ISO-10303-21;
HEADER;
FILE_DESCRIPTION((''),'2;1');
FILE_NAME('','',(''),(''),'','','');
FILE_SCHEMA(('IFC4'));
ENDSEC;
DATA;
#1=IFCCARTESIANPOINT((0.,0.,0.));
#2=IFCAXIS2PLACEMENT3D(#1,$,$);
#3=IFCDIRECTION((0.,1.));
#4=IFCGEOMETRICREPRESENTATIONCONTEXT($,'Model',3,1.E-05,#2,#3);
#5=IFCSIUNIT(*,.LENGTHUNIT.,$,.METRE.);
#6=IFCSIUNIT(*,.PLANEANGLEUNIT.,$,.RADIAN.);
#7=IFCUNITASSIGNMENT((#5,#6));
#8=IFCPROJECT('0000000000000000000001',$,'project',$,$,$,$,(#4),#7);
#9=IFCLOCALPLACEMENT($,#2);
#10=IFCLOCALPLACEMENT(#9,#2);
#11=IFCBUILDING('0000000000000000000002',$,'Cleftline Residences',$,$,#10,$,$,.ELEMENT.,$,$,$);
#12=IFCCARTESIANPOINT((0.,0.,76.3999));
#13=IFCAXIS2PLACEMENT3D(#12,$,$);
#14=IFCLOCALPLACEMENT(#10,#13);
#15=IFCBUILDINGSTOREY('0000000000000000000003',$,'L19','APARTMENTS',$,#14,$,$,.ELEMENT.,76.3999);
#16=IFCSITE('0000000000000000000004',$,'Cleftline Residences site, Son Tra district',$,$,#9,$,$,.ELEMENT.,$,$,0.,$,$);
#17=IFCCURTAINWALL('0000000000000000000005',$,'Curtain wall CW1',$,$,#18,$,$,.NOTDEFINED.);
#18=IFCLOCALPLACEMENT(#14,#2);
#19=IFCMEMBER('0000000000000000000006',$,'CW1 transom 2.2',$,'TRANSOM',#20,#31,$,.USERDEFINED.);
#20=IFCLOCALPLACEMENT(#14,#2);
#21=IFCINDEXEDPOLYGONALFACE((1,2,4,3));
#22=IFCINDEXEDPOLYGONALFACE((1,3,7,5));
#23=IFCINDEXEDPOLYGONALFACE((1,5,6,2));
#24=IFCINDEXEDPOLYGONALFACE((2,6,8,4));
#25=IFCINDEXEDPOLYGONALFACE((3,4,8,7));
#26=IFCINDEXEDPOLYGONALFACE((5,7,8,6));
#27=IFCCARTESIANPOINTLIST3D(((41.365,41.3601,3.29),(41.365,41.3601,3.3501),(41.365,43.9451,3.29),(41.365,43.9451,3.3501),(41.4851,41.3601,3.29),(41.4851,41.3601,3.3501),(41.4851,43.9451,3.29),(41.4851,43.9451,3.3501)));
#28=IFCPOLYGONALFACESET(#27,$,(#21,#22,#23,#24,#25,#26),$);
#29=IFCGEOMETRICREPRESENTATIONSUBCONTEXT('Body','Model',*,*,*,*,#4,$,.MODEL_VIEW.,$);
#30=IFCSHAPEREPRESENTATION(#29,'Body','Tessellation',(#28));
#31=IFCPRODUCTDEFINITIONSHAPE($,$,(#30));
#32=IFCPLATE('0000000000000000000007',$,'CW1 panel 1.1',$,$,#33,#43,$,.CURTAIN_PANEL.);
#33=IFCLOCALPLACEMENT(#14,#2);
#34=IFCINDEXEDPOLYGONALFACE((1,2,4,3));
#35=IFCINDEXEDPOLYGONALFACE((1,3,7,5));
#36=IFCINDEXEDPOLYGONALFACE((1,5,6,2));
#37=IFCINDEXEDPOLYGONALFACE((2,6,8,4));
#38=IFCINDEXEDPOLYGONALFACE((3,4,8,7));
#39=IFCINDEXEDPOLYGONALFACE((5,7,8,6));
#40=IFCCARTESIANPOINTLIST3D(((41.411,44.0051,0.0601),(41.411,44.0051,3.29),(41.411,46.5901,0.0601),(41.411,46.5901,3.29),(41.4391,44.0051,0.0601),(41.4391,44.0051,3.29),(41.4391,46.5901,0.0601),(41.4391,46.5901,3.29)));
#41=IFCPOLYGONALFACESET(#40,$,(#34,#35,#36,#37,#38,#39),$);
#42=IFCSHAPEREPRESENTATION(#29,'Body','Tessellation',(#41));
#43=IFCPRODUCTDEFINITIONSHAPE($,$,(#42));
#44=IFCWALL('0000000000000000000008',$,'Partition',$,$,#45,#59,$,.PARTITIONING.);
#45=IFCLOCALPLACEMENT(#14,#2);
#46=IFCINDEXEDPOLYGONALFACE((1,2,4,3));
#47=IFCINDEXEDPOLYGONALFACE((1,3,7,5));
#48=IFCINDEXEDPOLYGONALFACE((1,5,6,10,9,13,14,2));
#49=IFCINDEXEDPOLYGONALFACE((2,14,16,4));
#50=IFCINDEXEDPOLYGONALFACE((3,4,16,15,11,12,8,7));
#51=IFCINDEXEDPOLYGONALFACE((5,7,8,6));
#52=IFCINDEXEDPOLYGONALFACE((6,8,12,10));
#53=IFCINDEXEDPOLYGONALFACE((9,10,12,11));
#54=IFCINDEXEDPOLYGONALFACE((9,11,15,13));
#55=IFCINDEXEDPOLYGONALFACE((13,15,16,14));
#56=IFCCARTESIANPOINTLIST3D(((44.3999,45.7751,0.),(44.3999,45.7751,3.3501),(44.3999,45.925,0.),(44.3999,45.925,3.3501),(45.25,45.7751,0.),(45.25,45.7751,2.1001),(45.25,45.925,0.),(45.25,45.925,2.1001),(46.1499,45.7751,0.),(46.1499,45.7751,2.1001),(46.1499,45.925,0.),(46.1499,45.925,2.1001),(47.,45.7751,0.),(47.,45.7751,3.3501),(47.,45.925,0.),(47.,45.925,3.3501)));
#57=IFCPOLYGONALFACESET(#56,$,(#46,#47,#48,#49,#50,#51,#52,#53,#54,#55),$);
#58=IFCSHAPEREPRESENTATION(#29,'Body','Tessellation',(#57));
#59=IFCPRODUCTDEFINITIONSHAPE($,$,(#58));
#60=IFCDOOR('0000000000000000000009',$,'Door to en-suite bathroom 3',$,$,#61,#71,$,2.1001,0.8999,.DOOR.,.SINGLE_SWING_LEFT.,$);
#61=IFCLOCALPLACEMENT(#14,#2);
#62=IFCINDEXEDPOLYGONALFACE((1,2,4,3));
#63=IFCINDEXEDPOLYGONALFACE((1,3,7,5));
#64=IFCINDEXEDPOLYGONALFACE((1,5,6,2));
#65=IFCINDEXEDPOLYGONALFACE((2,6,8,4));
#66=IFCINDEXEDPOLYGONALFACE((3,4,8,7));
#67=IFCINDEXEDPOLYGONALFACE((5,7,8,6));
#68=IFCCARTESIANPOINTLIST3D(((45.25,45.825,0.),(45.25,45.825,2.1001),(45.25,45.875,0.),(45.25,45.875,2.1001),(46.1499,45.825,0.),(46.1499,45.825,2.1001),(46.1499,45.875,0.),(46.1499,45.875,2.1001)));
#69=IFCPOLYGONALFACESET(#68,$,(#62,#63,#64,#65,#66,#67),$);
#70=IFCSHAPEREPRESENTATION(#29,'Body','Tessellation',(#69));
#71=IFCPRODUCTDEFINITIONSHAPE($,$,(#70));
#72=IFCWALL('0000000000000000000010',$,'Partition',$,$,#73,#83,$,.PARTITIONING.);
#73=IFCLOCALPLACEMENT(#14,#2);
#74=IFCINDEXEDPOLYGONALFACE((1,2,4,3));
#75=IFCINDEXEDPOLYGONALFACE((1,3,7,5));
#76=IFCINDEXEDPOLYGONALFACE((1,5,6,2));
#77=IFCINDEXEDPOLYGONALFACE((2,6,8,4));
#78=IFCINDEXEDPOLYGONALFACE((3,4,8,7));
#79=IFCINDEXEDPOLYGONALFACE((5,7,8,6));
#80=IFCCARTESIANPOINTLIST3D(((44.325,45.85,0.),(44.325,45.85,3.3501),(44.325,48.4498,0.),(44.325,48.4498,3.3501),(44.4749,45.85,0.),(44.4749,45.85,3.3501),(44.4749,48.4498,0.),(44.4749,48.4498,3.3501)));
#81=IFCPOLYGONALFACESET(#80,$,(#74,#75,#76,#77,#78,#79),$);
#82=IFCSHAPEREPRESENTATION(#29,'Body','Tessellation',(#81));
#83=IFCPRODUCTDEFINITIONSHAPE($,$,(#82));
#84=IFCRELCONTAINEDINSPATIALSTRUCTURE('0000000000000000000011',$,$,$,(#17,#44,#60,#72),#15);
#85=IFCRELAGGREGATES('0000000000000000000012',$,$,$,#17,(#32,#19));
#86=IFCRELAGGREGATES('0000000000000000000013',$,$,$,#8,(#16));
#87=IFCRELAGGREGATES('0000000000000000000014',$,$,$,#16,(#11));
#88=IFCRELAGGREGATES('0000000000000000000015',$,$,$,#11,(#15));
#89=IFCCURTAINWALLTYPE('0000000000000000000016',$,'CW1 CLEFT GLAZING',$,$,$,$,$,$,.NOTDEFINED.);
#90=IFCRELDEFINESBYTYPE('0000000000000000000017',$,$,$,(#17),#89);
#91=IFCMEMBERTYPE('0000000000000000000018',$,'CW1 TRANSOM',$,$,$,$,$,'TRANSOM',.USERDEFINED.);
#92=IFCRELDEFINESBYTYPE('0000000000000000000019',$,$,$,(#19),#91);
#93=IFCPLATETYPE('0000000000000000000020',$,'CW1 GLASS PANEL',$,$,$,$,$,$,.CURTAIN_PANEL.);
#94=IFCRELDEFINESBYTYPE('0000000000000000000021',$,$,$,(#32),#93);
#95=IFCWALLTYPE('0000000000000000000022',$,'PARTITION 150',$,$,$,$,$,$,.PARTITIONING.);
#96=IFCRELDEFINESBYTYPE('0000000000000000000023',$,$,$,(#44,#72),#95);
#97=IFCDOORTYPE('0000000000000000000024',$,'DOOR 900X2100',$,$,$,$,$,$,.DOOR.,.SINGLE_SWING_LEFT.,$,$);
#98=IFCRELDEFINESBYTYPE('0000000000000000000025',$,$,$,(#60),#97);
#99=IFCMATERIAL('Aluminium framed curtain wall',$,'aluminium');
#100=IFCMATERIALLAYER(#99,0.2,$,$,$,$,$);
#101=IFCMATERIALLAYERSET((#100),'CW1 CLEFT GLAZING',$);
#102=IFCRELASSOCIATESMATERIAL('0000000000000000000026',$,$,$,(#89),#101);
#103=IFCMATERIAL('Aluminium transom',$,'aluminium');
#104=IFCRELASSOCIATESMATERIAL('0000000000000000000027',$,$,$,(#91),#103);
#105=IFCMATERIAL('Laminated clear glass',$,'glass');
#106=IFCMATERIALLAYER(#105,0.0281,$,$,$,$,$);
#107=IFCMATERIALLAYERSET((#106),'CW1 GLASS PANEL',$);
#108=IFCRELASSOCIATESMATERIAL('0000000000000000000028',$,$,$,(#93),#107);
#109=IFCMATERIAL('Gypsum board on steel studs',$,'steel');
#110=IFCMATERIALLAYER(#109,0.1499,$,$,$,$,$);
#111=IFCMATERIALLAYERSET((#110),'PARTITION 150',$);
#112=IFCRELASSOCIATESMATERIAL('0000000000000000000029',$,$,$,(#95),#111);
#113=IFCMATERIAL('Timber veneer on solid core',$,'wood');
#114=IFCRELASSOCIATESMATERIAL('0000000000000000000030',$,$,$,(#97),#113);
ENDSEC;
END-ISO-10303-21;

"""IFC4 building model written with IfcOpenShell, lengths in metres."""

from ifc_helpers import new_model, si_unit, direction, frame, frame_2d, origin, origin_2d, place, context, subcontext, project, spatial, rectangle, extrude, material, layer, layer_set, material_profile, profile_set, type_object, element, fill, aggregate, save


model = new_model("IFC4")

# Units and contexts
model_context = context("Model", 3, precision=1e-05, world=origin(), true_north=direction((0.0, 1.0)))
body_context = subcontext(model_context, "Body", "Model", "MODEL_VIEW")
ifc_project = project(units=[si_unit("LENGTHUNIT", "METRE"), si_unit("PLANEANGLEUNIT", "RADIAN")], contexts=[model_context])

# Site, building, storey
site_placement = place(None, origin())
site = spatial("IfcSite", under=ifc_project, at=site_placement, Name="Cleftline Residences site, Son Tra district", CompositionType="ELEMENT", RefElevation=0.0)
building_placement = place(site_placement, origin())
building = spatial("IfcBuilding", under=site, at=building_placement, Name="Cleftline Residences", CompositionType="ELEMENT")
storey_placement = place(building_placement, frame((0.0, 0.0, 76.3999)))
storey = spatial("IfcBuildingStorey", under=building, at=storey_placement, Name="L19", Description="APARTMENTS", CompositionType="ELEMENT", Elevation=76.3999)

# Curtain wall, member, plate
ifc_material_1 = material(Name="Aluminium framed curtain wall", Category="aluminium")
ifc_layer_1 = layer(ifc_material_1, 0.2)
ifc_layer_set_1 = layer_set([ifc_layer_1], Name="CW1 CLEFT GLAZING")
curtain_wall_type = type_object("IfcCurtainWallType", Name="CW1 CLEFT GLAZING", PredefinedType="NOTDEFINED", material=ifc_layer_set_1)
curtain_wall_placement = place(storey_placement, origin())
curtain_wall = element("IfcCurtainWall", 1, at=curtain_wall_placement, inside=storey, type_object=curtain_wall_type, Name="Curtain wall CW1", PredefinedType="NOTDEFINED")
ifc_material_2 = material(Name="Aluminium transom", Category="aluminium")
ifc_material_profile_1 = material_profile(ifc_material_2, rectangle(XDim=0.1201, YDim=0.0601, at=origin_2d()))
ifc_profile_set_1 = profile_set([ifc_material_profile_1], Name="Aluminium transom")
member_type_1 = type_object("IfcMemberType", Name="CW1 TRANSOM", ElementType="TRANSOM", PredefinedType="USERDEFINED", material=ifc_profile_set_1)
member_1_placement = place(storey_placement, frame((41.425, 43.9451, 3.3201), z_axis=(0.0, -1.0, 0.0), x_axis=(1.0, 0.0, 0.0)))
member_1 = element("IfcMember", 2, at=member_1_placement, type_object=member_type_1, Name="CW1 transom 2.2", ObjectType="TRANSOM", PredefinedType="USERDEFINED", context=body_context, shape_type="SweptSolid", body=[
    extrude(rectangle(XDim=0.1201, YDim=0.0601, at=origin_2d()), origin(), (0.0, 0.0, 1.0), 2.585),
])
ifc_material_3 = material(Name="Laminated clear glass", Category="glass")
ifc_layer_2 = layer(ifc_material_3, 0.0281)
ifc_layer_set_2 = layer_set([ifc_layer_2], Name="CW1 GLASS PANEL")
plate_type = type_object("IfcPlateType", Name="CW1 GLASS PANEL", PredefinedType="CURTAIN_PANEL", material=ifc_layer_set_2)
plate_placement = place(storey_placement, frame((41.425, 45.2976, 0.0601), z_axis=(0.0, 0.0, 1.0), x_axis=(0.0, -1.0, 0.0)))
plate = element("IfcPlate", 3, at=plate_placement, type_object=plate_type, Name="CW1 panel 1.1", PredefinedType="CURTAIN_PANEL", context=body_context, shape_type="SweptSolid", body=[
    extrude(rectangle(XDim=2.585, YDim=0.0281, at=origin_2d()), origin(), (0.0, 0.0, 1.0), 3.23),
])
aggregate(curtain_wall, [plate, member_1])

# Wall, opening, door
ifc_material_4 = material(Name="Gypsum board on steel studs", Category="steel")
ifc_layer_3 = layer(ifc_material_4, 0.1499)
ifc_layer_set_3 = layer_set([ifc_layer_3], Name="PARTITION 150")
wall_type = type_object("IfcWallType", Name="PARTITION 150", PredefinedType="PARTITIONING", material=ifc_layer_set_3)
wall_1_placement = place(storey_placement, frame((44.3999, 45.8501, 0.0), z_axis=(0.0, 0.0, 1.0), x_axis=(1.0, 0.0, 0.0)))
wall_1 = element("IfcWall", 4, at=wall_1_placement, inside=storey, type_object=wall_type, Name="Partition", PredefinedType="PARTITIONING", context=body_context, shape_type="SweptSolid", body=[
    extrude(rectangle(XDim=2.6001, YDim=0.1499, at=frame_2d((1.3, 0.0))), origin(), (0.0, 0.0, 1.0), 3.3501),
])
opening_placement = place(wall_1_placement, frame((0.8501, 0.0, 0.0)))
opening = element("IfcOpeningElement", 5, at=opening_placement, cuts=wall_1, PredefinedType="OPENING", context=body_context, shape_type="SweptSolid", body=[
    extrude(rectangle(XDim=0.8999, YDim=2.1001, at=frame_2d((0.45, 1.05))), frame((0.0, 0.085, 0.0), z_axis=(0.0, -1.0, 0.0), x_axis=(1.0, 0.0, 0.0)), (0.0, 0.0, 1.0), 0.1699),
])
ifc_material_5 = material(Name="Timber veneer on solid core", Category="wood")
door_type = type_object("IfcDoorType", Name="DOOR 900X2100", OperationType="SINGLE_SWING_LEFT", PredefinedType="DOOR", material=ifc_material_5)
door_placement = place(opening_placement, origin())
door = element("IfcDoor", 6, at=door_placement, inside=storey, type_object=door_type, Name="Door to en-suite bathroom 3", OperationType="SINGLE_SWING_LEFT", OverallHeight=2.1001, OverallWidth=0.8999, PredefinedType="DOOR", context=body_context, shape_type="SweptSolid", body=[
    extrude(rectangle(XDim=0.8999, YDim=2.1001, at=frame_2d((0.45, 1.05))), frame((0.0, 0.0249, 0.0), z_axis=(0.0, -1.0, 0.0), x_axis=(1.0, 0.0, 0.0)), (0.0, 0.0, 1.0), 0.05),
])
fill(opening, door)

# Wall
wall_2_placement = place(storey_placement, frame((44.3999, 45.8501, 0.0), z_axis=(0.0, 0.0, 1.0), x_axis=(0.0, 1.0, 0.0)))
element("IfcWall", 7, at=wall_2_placement, inside=storey, type_object=wall_type, Name="Partition", PredefinedType="PARTITIONING", context=body_context, shape_type="SweptSolid", body=[
    extrude(rectangle(XDim=2.5999, YDim=0.1499, at=frame_2d((1.2998, 0.0))), origin(), (0.0, 0.0, 1.0), 3.3501),
])

save(model, "model.ifc")
